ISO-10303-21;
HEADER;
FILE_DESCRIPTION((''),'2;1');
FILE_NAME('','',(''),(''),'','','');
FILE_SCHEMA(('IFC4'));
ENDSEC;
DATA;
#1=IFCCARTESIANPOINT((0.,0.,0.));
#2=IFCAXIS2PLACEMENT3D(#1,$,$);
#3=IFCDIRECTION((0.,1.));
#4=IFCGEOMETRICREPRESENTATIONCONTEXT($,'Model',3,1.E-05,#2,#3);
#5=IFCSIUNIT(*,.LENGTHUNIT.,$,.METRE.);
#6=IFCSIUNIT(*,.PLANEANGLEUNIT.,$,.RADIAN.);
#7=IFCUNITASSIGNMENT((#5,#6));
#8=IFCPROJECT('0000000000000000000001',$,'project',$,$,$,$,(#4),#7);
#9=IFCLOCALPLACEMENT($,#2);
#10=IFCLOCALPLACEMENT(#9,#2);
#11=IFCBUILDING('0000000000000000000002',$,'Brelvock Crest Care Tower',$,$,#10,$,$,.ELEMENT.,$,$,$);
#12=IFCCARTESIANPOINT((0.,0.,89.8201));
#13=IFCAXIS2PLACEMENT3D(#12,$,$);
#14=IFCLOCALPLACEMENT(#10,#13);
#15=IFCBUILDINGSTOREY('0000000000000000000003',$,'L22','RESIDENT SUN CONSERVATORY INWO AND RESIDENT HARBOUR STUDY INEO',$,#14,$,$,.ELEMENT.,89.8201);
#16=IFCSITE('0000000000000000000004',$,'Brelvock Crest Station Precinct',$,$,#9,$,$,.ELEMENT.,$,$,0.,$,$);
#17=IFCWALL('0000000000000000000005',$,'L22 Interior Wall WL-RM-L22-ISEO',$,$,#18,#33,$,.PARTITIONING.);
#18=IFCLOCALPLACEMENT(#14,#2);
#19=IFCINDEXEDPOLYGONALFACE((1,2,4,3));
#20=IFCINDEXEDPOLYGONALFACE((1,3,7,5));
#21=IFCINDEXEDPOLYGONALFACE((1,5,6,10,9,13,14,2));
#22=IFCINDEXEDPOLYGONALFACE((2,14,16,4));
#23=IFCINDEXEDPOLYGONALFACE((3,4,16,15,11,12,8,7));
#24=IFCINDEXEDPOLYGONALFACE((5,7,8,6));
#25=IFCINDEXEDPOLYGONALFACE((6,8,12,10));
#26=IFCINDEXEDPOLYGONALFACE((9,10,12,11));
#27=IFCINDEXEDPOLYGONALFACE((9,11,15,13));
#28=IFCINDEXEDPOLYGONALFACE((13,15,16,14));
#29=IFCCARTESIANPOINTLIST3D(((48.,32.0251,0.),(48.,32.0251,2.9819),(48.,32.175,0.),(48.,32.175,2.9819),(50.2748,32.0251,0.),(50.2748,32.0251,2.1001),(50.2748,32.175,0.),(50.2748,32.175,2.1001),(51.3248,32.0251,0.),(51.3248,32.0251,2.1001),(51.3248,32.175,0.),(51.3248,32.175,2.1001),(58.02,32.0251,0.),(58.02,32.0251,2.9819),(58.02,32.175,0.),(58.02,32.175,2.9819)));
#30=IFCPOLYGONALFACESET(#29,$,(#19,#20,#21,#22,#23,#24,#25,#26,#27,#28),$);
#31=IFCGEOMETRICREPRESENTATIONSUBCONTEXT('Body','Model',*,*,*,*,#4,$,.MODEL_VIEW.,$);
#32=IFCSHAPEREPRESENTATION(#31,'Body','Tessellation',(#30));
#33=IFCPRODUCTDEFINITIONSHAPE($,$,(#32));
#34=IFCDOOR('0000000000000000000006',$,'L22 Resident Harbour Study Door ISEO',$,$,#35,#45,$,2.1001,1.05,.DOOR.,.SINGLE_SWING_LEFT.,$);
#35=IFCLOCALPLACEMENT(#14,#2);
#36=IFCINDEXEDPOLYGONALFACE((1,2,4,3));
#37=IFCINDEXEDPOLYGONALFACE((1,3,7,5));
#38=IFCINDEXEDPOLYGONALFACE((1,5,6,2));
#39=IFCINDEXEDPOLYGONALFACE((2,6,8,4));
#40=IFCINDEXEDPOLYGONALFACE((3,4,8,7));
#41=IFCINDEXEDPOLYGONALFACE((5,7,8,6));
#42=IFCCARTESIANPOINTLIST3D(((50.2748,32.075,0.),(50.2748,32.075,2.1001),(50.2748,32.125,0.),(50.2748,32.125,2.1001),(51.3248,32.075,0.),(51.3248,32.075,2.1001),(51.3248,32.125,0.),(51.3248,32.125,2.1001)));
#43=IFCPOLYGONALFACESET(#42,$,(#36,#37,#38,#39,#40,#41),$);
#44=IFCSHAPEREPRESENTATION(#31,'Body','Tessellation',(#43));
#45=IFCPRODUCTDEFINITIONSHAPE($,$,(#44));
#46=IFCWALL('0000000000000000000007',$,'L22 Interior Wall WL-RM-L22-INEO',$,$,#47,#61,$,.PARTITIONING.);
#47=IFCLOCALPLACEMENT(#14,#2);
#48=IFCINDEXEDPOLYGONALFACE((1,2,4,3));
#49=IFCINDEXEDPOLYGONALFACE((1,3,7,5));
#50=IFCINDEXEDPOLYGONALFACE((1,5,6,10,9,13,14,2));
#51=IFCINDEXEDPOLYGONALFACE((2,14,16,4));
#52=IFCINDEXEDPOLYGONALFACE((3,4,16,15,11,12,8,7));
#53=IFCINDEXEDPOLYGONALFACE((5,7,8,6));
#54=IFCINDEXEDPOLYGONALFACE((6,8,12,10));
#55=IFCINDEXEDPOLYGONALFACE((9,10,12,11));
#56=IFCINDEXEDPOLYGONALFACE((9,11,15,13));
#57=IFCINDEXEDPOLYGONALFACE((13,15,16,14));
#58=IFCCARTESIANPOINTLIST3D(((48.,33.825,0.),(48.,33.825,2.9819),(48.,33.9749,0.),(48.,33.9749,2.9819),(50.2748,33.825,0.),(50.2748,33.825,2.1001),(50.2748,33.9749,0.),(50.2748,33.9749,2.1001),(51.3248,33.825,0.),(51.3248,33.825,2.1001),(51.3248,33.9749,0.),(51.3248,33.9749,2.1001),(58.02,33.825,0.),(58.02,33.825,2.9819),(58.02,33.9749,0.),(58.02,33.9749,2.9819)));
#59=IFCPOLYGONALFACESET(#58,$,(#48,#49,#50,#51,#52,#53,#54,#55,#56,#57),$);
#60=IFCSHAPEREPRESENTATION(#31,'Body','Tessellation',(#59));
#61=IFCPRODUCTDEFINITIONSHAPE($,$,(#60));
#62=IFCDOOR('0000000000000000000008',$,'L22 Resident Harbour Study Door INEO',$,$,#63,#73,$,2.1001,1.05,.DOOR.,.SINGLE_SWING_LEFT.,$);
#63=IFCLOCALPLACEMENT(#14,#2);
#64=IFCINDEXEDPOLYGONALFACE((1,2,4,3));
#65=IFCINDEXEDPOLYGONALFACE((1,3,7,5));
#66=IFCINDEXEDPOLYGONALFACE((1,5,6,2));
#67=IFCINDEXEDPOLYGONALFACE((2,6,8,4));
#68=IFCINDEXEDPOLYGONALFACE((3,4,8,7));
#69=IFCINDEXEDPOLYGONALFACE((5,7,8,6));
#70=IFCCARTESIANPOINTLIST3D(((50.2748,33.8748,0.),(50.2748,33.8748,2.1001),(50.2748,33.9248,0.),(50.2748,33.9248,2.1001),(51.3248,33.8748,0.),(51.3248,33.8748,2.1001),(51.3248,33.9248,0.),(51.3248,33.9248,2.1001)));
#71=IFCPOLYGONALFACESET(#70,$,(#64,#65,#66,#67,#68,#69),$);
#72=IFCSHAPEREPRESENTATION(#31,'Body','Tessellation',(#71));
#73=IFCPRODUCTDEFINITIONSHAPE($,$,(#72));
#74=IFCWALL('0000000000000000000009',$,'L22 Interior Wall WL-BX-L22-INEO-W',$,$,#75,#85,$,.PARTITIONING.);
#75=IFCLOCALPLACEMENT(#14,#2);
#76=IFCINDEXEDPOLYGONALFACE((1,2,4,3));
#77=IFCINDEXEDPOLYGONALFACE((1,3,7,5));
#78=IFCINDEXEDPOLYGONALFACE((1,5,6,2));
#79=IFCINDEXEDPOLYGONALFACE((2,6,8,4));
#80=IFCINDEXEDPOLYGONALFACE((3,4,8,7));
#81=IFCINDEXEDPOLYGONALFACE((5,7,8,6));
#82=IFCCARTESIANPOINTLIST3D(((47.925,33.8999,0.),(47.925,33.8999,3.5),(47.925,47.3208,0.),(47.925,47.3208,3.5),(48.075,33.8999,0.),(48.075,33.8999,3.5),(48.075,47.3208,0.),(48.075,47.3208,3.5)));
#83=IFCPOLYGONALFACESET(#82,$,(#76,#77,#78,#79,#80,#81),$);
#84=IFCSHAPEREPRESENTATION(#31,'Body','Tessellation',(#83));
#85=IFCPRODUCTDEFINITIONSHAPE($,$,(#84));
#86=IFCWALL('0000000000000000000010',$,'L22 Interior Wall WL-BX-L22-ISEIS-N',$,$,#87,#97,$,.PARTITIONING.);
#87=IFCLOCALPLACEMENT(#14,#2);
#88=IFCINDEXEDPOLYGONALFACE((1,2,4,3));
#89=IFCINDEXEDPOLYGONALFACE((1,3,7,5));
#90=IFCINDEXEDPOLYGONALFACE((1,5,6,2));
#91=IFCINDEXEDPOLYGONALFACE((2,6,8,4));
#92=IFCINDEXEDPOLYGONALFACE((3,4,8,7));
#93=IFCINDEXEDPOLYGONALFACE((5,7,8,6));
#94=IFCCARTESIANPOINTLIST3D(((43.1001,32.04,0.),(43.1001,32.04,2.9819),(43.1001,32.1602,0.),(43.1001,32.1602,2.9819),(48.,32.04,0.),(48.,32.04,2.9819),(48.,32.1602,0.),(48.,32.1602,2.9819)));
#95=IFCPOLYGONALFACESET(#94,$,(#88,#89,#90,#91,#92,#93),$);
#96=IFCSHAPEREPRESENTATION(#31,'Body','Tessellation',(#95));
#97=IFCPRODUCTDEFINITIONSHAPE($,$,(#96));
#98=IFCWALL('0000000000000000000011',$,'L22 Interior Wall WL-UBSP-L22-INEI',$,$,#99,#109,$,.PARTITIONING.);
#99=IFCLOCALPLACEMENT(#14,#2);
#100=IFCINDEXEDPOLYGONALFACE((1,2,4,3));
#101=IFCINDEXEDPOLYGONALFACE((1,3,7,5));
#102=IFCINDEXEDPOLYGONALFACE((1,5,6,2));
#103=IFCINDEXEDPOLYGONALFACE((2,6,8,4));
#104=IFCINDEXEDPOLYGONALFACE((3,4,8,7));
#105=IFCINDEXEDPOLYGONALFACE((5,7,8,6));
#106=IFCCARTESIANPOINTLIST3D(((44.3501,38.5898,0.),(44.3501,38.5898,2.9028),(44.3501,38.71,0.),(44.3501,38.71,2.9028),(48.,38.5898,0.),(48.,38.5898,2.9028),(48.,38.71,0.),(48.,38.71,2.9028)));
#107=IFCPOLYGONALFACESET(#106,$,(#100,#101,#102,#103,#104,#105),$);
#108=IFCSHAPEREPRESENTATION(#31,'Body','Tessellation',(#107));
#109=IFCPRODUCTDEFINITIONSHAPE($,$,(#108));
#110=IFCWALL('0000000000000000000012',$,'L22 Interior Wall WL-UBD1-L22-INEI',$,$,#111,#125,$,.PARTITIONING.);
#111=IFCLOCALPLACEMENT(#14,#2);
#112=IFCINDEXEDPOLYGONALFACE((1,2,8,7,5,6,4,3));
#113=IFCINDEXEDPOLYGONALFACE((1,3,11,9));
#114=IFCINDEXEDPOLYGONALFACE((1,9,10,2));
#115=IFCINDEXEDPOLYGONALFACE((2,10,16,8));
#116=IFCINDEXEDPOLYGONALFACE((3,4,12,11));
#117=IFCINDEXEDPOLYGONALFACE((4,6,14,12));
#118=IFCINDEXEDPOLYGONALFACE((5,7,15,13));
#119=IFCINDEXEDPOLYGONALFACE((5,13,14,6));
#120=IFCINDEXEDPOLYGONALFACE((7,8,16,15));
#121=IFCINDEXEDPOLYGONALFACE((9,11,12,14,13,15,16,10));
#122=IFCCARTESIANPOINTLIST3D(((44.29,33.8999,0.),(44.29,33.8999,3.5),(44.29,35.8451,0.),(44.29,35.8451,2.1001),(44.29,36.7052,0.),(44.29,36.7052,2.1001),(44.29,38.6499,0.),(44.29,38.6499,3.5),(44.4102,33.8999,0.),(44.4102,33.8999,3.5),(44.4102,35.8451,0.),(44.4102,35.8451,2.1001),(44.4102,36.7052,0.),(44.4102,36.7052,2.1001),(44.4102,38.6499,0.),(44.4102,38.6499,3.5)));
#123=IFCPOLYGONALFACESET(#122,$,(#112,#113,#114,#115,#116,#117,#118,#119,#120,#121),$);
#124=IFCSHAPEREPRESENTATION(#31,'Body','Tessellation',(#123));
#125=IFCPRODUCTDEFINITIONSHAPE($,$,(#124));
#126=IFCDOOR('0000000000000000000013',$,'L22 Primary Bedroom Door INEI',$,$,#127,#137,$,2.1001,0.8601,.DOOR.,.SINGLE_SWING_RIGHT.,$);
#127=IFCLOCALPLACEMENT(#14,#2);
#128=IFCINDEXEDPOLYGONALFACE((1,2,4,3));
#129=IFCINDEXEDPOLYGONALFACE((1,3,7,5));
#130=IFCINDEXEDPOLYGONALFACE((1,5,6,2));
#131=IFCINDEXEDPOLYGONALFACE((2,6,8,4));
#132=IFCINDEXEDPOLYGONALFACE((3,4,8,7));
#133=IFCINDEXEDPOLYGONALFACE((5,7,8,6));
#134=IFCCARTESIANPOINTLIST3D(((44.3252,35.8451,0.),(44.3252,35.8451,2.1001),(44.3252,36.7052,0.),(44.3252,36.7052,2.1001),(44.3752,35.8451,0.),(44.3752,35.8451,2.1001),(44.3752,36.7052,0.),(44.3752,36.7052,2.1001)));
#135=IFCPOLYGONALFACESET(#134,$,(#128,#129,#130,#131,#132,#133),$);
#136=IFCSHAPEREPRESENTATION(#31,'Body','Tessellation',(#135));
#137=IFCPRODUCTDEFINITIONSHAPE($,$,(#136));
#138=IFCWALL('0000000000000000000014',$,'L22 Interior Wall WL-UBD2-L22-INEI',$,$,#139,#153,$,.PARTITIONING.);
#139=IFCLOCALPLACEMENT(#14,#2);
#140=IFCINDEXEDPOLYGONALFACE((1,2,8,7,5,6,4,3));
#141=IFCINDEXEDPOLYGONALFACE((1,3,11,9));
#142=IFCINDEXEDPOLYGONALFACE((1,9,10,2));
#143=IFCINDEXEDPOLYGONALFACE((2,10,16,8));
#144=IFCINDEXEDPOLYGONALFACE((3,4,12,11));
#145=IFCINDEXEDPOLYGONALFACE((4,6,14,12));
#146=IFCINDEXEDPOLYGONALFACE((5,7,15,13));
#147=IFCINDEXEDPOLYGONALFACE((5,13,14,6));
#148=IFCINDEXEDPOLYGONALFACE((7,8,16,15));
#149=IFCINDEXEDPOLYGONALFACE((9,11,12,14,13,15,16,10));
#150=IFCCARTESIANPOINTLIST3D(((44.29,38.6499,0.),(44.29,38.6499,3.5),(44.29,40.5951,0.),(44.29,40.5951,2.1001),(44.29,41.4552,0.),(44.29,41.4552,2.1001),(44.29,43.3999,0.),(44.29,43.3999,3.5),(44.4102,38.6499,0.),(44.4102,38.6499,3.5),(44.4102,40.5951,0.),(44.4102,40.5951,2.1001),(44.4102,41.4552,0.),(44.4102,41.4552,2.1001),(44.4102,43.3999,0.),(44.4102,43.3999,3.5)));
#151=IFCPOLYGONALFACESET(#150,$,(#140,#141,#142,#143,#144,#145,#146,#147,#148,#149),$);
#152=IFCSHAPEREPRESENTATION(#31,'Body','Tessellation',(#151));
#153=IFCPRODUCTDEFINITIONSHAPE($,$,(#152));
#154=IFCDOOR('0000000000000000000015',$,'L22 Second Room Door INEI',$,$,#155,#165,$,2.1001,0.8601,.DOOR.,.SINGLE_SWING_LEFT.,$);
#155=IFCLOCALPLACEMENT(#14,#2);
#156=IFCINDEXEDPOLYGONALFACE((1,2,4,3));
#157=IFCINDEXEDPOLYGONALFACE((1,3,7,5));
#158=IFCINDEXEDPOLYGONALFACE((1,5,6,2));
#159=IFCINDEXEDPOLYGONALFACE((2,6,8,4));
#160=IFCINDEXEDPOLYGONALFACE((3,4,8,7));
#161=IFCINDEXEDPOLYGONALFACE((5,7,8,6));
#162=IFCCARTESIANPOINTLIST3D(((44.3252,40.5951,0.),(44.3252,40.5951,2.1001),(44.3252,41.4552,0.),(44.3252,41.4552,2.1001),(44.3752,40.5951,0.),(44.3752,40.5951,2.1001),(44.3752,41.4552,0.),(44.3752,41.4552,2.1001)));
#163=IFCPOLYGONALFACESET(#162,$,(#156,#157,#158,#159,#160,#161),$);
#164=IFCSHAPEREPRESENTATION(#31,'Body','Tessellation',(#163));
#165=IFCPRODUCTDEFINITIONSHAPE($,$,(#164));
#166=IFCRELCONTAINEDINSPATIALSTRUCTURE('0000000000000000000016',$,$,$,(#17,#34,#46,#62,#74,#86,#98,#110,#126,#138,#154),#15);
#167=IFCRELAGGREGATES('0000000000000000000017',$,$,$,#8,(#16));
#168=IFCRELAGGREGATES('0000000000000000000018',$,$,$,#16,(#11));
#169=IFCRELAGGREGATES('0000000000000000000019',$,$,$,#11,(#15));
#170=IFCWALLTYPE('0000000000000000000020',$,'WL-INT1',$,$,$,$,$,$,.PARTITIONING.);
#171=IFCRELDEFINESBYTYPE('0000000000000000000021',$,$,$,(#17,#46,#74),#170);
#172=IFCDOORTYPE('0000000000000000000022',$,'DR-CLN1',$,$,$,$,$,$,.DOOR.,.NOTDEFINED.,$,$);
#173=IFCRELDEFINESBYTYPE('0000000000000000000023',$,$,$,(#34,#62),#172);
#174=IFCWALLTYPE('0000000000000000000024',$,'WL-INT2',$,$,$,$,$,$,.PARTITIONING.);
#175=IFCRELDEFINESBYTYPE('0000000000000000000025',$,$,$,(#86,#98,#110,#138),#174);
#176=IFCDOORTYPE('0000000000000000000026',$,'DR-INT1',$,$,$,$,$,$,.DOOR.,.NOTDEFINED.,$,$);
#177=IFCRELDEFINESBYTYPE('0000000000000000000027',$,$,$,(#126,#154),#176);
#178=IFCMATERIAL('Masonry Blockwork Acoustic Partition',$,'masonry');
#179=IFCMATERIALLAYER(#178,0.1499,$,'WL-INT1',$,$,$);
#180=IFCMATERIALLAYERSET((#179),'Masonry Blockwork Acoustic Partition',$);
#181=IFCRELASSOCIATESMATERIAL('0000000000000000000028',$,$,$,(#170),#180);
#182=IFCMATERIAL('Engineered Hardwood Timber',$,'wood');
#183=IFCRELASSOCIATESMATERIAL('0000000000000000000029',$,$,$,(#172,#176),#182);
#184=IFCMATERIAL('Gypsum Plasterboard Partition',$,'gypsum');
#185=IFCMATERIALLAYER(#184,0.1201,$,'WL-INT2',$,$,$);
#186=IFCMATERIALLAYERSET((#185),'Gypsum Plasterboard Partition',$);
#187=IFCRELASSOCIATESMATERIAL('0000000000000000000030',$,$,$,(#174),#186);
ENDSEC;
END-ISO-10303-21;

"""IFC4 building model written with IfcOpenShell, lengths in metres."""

from ifc_helpers import new_model, si_unit, direction, frame, frame_2d, origin, origin_2d, place, context, subcontext, project, spatial, rectangle, extrude, source, transform, mapped, material, layer, layer_set, type_object, element, fill, save


model = new_model("IFC4")

# Units and contexts
model_context = context("Model", 3, precision=1e-05, world=origin(), true_north=direction((0.0, 1.0)))
body_context = subcontext(model_context, "Body", "Model", "MODEL_VIEW")
ifc_project = project(units=[si_unit("LENGTHUNIT", "METRE"), si_unit("PLANEANGLEUNIT", "RADIAN")], contexts=[model_context])

# Site, building, storey
site_placement = place(None, origin())
site = spatial("IfcSite", under=ifc_project, at=site_placement, Name="Brelvock Crest Station Precinct", CompositionType="ELEMENT", RefElevation=0.0)
building_placement = place(site_placement, origin())
building = spatial("IfcBuilding", under=site, at=building_placement, Name="Brelvock Crest Care Tower", CompositionType="ELEMENT")
storey_placement = place(building_placement, frame((0.0, 0.0, 89.8201)))
storey = spatial("IfcBuildingStorey", under=building, at=storey_placement, Name="L22", Description="RESIDENT SUN CONSERVATORY INWO AND RESIDENT HARBOUR STUDY INEO", CompositionType="ELEMENT", Elevation=89.8201)

# Walls, openings, doors
ifc_material_1 = material(Name="Masonry Blockwork Acoustic Partition", Category="masonry")
ifc_layer_1 = layer(ifc_material_1, 0.1499, Name="WL-INT1")
ifc_layer_set_1 = layer_set([ifc_layer_1], Name="Masonry Blockwork Acoustic Partition")
wall_type_1 = type_object("IfcWallType", Name="WL-INT1", PredefinedType="PARTITIONING", material=ifc_layer_set_1)
wall_1_placement = place(storey_placement, frame((48.0, 32.1001, 0.0), z_axis=(0.0, 0.0, 1.0), x_axis=(1.0, 0.0, 0.0)))
wall_1 = element("IfcWall", 1, at=wall_1_placement, inside=storey, type_object=wall_type_1, Name="L22 Interior Wall WL-RM-L22-ISEO", PredefinedType="PARTITIONING", context=body_context, shape_type="SweptSolid", body=[
    extrude(rectangle(XDim=10.02, YDim=0.1499, at=frame_2d((5.01, 0.0))), origin(), (0.0, 0.0, 1.0), 2.9819),
])
opening_1_placement = place(wall_1_placement, frame((2.2749, 0.0, 0.0)))
opening_1 = element("IfcOpeningElement", 2, at=opening_1_placement, cuts=wall_1, PredefinedType="OPENING", context=body_context, shape_type="SweptSolid", body=[
    extrude(rectangle(XDim=1.05, YDim=2.1001, at=origin_2d()), frame((0.5249, 0.085, 1.05), z_axis=(0.0, -1.0, 0.0), x_axis=(1.0, 0.0, 0.0)), (0.0, 0.0, 1.0), 0.1699),
])
ifc_material_2 = material(Name="Engineered Hardwood Timber", Category="wood")
door_type_1 = type_object("IfcDoorType", Name="DR-CLN1", OperationType="NOTDEFINED", PredefinedType="DOOR", material=ifc_material_2)
shared_shape_1 = source(origin(), body_context, "Body", "SweptSolid", [
    extrude(rectangle(XDim=1.05, YDim=2.1001, at=origin_2d()), frame((0.5249, 0.0249, 1.05), z_axis=(0.0, -1.0, 0.0), x_axis=(1.0, 0.0, 0.0)), (0.0, 0.0, 1.0), 0.05),
])
door_1_placement = place(opening_1_placement, origin())
door_1 = element("IfcDoor", 3, at=door_1_placement, inside=storey, type_object=door_type_1, Name="L22 Resident Harbour Study Door ISEO", OperationType="SINGLE_SWING_LEFT", OverallHeight=2.1001, OverallWidth=1.05, PredefinedType="DOOR", context=body_context, shape_type="MappedRepresentation", body=[
    mapped(shared_shape_1, transform((0.0, 0.0, 0.0), x_axis=(1.0, 0.0, 0.0), y_axis=(0.0, 1.0, 0.0), z_axis=(0.0, 0.0, 1.0), scale=1.0)),
])
fill(opening_1, door_1)
wall_2_placement = place(storey_placement, frame((48.0, 33.8999, 0.0), z_axis=(0.0, 0.0, 1.0), x_axis=(1.0, 0.0, 0.0)))
wall_2 = element("IfcWall", 4, at=wall_2_placement, inside=storey, type_object=wall_type_1, Name="L22 Interior Wall WL-RM-L22-INEO", PredefinedType="PARTITIONING", context=body_context, shape_type="SweptSolid", body=[
    extrude(rectangle(XDim=10.02, YDim=0.1499, at=frame_2d((5.01, 0.0))), origin(), (0.0, 0.0, 1.0), 2.9819),
])
opening_2_placement = place(wall_2_placement, frame((2.2749, 0.0, 0.0)))
opening_2 = element("IfcOpeningElement", 5, at=opening_2_placement, cuts=wall_2, PredefinedType="OPENING", context=body_context, shape_type="SweptSolid", body=[
    extrude(rectangle(XDim=1.05, YDim=2.1001, at=origin_2d()), frame((0.5249, 0.085, 1.05), z_axis=(0.0, -1.0, 0.0), x_axis=(1.0, 0.0, 0.0)), (0.0, 0.0, 1.0), 0.1699),
])
door_2_placement = place(opening_2_placement, origin())
door_2 = element("IfcDoor", 6, at=door_2_placement, inside=storey, type_object=door_type_1, Name="L22 Resident Harbour Study Door INEO", OperationType="SINGLE_SWING_LEFT", OverallHeight=2.1001, OverallWidth=1.05, PredefinedType="DOOR", context=body_context, shape_type="MappedRepresentation", body=[
    mapped(shared_shape_1, transform((0.0, 0.0, 0.0), x_axis=(1.0, 0.0, 0.0), y_axis=(0.0, 1.0, 0.0), z_axis=(0.0, 0.0, 1.0), scale=1.0)),
])
fill(opening_2, door_2)

# Walls
wall_3_placement = place(storey_placement, frame((48.0, 33.8999, 0.0), z_axis=(0.0, 0.0, 1.0), x_axis=(0.0, 1.0, 0.0)))
element("IfcWall", 7, at=wall_3_placement, inside=storey, type_object=wall_type_1, Name="L22 Interior Wall WL-BX-L22-INEO-W", PredefinedType="PARTITIONING", context=body_context, shape_type="SweptSolid", body=[
    extrude(rectangle(XDim=13.4209, YDim=0.1499, at=frame_2d((6.7104, 0.0))), origin(), (0.0, 0.0, 1.0), 3.5),
])
ifc_material_3 = material(Name="Gypsum Plasterboard Partition", Category="gypsum")
ifc_layer_2 = layer(ifc_material_3, 0.1201, Name="WL-INT2")
ifc_layer_set_2 = layer_set([ifc_layer_2], Name="Gypsum Plasterboard Partition")
wall_type_2 = type_object("IfcWallType", Name="WL-INT2", PredefinedType="PARTITIONING", material=ifc_layer_set_2)
wall_4_placement = place(storey_placement, frame((43.1001, 32.1001, 0.0), z_axis=(0.0, 0.0, 1.0), x_axis=(1.0, 0.0, 0.0)))
element("IfcWall", 8, at=wall_4_placement, inside=storey, type_object=wall_type_2, Name="L22 Interior Wall WL-BX-L22-ISEIS-N", PredefinedType="PARTITIONING", context=body_context, shape_type="SweptSolid", body=[
    extrude(rectangle(XDim=4.8999, YDim=0.1201, at=frame_2d((2.45, 0.0))), origin(), (0.0, 0.0, 1.0), 2.9819),
])
wall_5_placement = place(storey_placement, frame((44.3501, 38.6499, 0.0), z_axis=(0.0, 0.0, 1.0), x_axis=(1.0, 0.0, 0.0)))
element("IfcWall", 9, at=wall_5_placement, inside=storey, type_object=wall_type_2, Name="L22 Interior Wall WL-UBSP-L22-INEI", PredefinedType="PARTITIONING", context=body_context, shape_type="SweptSolid", body=[
    extrude(rectangle(XDim=3.6499, YDim=0.1201, at=frame_2d((1.825, 0.0))), origin(), (0.0, 0.0, 1.0), 2.9028),
])

# Walls, openings, doors
wall_6_placement = place(storey_placement, frame((44.3501, 33.8999, 0.0), z_axis=(0.0, 0.0, 1.0), x_axis=(0.0, 1.0, 0.0)))
wall_6 = element("IfcWall", 10, at=wall_6_placement, inside=storey, type_object=wall_type_2, Name="L22 Interior Wall WL-UBD1-L22-INEI", PredefinedType="PARTITIONING", context=body_context, shape_type="SweptSolid", body=[
    extrude(rectangle(XDim=4.75, YDim=0.1201, at=frame_2d((2.375, 0.0))), origin(), (0.0, 0.0, 1.0), 3.5),
])
opening_3_placement = place(wall_6_placement, frame((1.9451, 0.0, 0.0)))
opening_3 = element("IfcOpeningElement", 11, at=opening_3_placement, cuts=wall_6, PredefinedType="OPENING", context=body_context, shape_type="SweptSolid", body=[
    extrude(rectangle(XDim=0.8601, YDim=2.1001, at=origin_2d()), frame((0.4302, 0.0701, 1.05), z_axis=(0.0, -1.0, 0.0), x_axis=(1.0, 0.0, 0.0)), (0.0, 0.0, 1.0), 0.1401),
])
door_type_2 = type_object("IfcDoorType", Name="DR-INT1", OperationType="NOTDEFINED", PredefinedType="DOOR", material=ifc_material_2)
shared_shape_2 = source(origin(), body_context, "Body", "SweptSolid", [
    extrude(rectangle(XDim=0.8601, YDim=2.1001, at=origin_2d()), frame((0.4302, 0.0249, 1.05), z_axis=(0.0, -1.0, 0.0), x_axis=(1.0, 0.0, 0.0)), (0.0, 0.0, 1.0), 0.05),
])
door_3_placement = place(opening_3_placement, origin())
door_3 = element("IfcDoor", 12, at=door_3_placement, inside=storey, type_object=door_type_2, Name="L22 Primary Bedroom Door INEI", OperationType="SINGLE_SWING_RIGHT", OverallHeight=2.1001, OverallWidth=0.8601, PredefinedType="DOOR", context=body_context, shape_type="MappedRepresentation", body=[
    mapped(shared_shape_2, transform((0.0, 0.0, 0.0), x_axis=(1.0, 0.0, 0.0), y_axis=(0.0, 1.0, 0.0), z_axis=(0.0, 0.0, 1.0), scale=1.0)),
])
fill(opening_3, door_3)
wall_7_placement = place(storey_placement, frame((44.3501, 38.6499, 0.0), z_axis=(0.0, 0.0, 1.0), x_axis=(0.0, 1.0, 0.0)))
wall_7 = element("IfcWall", 13, at=wall_7_placement, inside=storey, type_object=wall_type_2, Name="L22 Interior Wall WL-UBD2-L22-INEI", PredefinedType="PARTITIONING", context=body_context, shape_type="SweptSolid", body=[
    extrude(rectangle(XDim=4.75, YDim=0.1201, at=frame_2d((2.375, 0.0))), origin(), (0.0, 0.0, 1.0), 3.5),
])
opening_4_placement = place(wall_7_placement, frame((1.9451, 0.0, 0.0)))
opening_4 = element("IfcOpeningElement", 14, at=opening_4_placement, cuts=wall_7, PredefinedType="OPENING", context=body_context, shape_type="SweptSolid", body=[
    extrude(rectangle(XDim=0.8601, YDim=2.1001, at=origin_2d()), frame((0.4302, 0.0701, 1.05), z_axis=(0.0, -1.0, 0.0), x_axis=(1.0, 0.0, 0.0)), (0.0, 0.0, 1.0), 0.1401),
])
door_4_placement = place(opening_4_placement, origin())
door_4 = element("IfcDoor", 15, at=door_4_placement, inside=storey, type_object=door_type_2, Name="L22 Second Room Door INEI", OperationType="SINGLE_SWING_LEFT", OverallHeight=2.1001, OverallWidth=0.8601, PredefinedType="DOOR", context=body_context, shape_type="MappedRepresentation", body=[
    mapped(shared_shape_2, transform((0.0, 0.0, 0.0), x_axis=(1.0, 0.0, 0.0), y_axis=(0.0, 1.0, 0.0), z_axis=(0.0, 0.0, 1.0), scale=1.0)),
])
fill(opening_4, door_4)

save(model, "model.ifc")
